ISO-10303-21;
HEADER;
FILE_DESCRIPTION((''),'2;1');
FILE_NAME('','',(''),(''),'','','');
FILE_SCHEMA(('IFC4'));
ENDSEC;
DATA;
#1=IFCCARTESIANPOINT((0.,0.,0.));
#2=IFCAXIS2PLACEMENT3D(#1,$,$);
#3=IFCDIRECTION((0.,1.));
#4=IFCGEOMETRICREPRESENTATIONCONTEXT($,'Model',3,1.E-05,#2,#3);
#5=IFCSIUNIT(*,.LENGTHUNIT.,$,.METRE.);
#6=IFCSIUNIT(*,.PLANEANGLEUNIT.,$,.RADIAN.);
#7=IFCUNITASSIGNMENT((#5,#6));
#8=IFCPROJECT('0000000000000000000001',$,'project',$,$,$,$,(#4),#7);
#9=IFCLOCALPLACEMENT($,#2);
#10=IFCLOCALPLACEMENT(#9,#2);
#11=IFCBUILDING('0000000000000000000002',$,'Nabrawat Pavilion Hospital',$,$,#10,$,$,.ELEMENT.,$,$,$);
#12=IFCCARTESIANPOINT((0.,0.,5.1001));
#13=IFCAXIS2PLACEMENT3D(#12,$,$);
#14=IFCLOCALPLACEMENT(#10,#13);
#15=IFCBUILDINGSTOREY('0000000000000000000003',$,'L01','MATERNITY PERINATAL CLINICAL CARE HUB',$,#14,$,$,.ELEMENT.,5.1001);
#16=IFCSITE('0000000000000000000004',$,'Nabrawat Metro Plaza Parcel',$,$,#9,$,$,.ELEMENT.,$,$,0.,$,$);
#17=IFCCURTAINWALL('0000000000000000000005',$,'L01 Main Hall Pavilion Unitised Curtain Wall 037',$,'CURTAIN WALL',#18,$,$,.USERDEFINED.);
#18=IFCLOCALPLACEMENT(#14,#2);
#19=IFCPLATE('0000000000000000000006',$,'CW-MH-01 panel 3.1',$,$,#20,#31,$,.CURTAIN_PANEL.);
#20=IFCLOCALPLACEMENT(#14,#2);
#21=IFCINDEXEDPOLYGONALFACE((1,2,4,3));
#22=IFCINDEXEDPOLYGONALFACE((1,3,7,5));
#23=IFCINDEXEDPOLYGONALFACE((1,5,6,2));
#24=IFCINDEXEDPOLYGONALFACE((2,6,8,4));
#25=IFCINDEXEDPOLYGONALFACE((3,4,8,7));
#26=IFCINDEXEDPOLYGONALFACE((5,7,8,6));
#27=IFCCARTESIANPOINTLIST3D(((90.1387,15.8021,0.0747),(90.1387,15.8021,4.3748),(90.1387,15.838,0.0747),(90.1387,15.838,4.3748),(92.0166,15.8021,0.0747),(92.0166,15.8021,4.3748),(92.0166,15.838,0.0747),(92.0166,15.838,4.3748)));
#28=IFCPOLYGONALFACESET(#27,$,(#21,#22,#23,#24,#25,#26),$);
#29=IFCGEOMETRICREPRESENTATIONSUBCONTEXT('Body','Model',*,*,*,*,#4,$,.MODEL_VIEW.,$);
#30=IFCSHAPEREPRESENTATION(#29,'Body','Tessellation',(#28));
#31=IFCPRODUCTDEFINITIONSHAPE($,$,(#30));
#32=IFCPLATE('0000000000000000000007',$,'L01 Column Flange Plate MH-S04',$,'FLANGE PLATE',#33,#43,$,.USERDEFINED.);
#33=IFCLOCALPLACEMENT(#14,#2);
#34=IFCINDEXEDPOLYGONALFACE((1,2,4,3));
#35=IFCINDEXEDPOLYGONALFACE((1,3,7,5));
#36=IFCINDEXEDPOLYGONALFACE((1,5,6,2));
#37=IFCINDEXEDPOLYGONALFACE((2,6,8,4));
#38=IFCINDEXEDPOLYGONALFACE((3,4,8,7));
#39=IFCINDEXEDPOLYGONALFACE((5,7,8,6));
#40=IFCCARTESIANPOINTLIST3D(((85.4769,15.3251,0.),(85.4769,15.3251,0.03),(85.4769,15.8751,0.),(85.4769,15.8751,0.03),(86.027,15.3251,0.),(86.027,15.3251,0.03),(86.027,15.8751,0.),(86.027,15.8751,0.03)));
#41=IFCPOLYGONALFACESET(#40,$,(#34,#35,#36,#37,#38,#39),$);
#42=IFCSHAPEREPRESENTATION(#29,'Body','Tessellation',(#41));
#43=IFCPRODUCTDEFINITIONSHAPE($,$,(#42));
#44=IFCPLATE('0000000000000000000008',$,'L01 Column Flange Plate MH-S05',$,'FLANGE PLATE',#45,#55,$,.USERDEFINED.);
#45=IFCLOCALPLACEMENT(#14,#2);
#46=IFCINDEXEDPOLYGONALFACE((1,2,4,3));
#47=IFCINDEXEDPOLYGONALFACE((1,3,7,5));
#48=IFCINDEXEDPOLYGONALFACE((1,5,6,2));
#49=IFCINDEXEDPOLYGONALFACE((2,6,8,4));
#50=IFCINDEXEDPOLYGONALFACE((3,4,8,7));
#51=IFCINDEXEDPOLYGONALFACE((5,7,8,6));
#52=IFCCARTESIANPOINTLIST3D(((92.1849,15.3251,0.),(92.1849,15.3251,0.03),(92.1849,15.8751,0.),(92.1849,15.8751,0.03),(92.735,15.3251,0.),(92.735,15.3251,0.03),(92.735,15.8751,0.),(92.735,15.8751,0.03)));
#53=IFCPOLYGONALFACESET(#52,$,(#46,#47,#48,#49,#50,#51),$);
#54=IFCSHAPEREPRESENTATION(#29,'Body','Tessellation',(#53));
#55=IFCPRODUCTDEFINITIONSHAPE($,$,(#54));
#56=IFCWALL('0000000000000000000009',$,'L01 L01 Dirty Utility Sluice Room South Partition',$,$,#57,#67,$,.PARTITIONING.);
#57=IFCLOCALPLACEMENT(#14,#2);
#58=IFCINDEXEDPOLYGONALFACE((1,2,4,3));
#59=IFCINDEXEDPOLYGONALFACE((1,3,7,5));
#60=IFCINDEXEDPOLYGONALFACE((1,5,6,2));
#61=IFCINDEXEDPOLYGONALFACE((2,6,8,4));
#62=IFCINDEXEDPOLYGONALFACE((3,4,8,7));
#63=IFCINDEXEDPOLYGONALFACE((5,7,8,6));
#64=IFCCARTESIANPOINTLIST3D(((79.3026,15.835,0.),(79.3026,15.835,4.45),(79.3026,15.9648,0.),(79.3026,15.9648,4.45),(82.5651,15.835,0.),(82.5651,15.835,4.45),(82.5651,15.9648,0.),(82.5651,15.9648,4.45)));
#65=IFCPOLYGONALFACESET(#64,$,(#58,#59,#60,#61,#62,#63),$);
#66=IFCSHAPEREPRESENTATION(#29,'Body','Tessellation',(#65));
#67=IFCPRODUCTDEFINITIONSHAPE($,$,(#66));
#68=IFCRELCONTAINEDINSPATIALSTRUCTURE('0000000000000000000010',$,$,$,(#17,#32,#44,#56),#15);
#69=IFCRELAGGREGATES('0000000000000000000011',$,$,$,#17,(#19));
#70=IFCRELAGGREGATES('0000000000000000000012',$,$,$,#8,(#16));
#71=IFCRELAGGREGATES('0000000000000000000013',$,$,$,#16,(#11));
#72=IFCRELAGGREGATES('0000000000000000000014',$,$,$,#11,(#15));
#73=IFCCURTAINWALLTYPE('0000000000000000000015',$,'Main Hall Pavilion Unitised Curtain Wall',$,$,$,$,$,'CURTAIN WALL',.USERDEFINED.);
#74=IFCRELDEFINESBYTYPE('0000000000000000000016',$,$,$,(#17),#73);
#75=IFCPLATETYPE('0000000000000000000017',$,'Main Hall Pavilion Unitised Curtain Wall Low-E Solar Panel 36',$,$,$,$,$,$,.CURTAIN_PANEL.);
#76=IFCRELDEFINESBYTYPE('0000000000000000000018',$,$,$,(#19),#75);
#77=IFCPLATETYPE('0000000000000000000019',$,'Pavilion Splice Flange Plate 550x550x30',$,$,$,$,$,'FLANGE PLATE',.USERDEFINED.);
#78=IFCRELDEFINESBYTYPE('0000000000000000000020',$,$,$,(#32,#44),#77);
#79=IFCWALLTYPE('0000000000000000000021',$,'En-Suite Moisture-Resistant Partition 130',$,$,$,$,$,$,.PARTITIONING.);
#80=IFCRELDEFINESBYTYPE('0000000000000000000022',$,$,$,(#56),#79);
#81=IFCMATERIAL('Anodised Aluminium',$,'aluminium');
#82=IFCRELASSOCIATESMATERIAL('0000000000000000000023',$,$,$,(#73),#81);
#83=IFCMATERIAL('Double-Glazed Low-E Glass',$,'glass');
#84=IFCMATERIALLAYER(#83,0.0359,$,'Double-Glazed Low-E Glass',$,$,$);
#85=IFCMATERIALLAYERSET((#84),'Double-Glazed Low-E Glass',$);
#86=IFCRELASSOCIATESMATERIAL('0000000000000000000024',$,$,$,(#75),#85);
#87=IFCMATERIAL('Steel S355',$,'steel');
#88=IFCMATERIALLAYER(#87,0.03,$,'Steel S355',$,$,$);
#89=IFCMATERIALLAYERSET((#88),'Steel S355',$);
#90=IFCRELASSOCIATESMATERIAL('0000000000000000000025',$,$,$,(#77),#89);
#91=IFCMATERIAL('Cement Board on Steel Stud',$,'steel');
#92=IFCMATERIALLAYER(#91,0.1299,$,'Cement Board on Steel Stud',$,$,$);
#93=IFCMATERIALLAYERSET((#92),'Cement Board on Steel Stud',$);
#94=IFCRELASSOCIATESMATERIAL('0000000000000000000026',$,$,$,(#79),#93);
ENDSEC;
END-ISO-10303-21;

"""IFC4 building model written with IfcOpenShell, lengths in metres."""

from ifc_helpers import new_model, si_unit, direction, frame, frame_2d, origin, origin_2d, place, context, subcontext, project, spatial, rectangle, extrude, material, layer, layer_set, type_object, element, aggregate, save


model = new_model("IFC4")

# Units and contexts
model_context = context("Model", 3, precision=1e-05, world=origin(), true_north=direction((0.0, 1.0)))
body_context = subcontext(model_context, "Body", "Model", "MODEL_VIEW")
ifc_project = project(units=[si_unit("LENGTHUNIT", "METRE"), si_unit("PLANEANGLEUNIT", "RADIAN")], contexts=[model_context])

# Site, building, storey
site_placement = place(None, origin())
site = spatial("IfcSite", under=ifc_project, at=site_placement, Name="Nabrawat Metro Plaza Parcel", CompositionType="ELEMENT", RefElevation=0.0)
building_placement = place(site_placement, origin())
building = spatial("IfcBuilding", under=site, at=building_placement, Name="Nabrawat Pavilion Hospital", CompositionType="ELEMENT")
storey_placement = place(building_placement, frame((0.0, 0.0, 5.1001)))
storey = spatial("IfcBuildingStorey", under=building, at=storey_placement, Name="L01", Description="MATERNITY PERINATAL CLINICAL CARE HUB", CompositionType="ELEMENT", Elevation=5.1001)

# Shared definitions
ifc_material_1 = material(Name="Steel S355", Category="steel")

# Curtain wall
ifc_material_2 = material(Name="Anodised Aluminium", Category="aluminium")
curtain_wall_type = type_object("IfcCurtainWallType", Name="Main Hall Pavilion Unitised Curtain Wall", ElementType="CURTAIN WALL", PredefinedType="USERDEFINED", material=ifc_material_2)
curtain_wall_1_placement = place(storey_placement, origin())
curtain_wall_1 = element("IfcCurtainWall", 1, at=curtain_wall_1_placement, inside=storey, type_object=curtain_wall_type, Name="L01 Main Hall Pavilion Unitised Curtain Wall 037", ObjectType="CURTAIN WALL", PredefinedType="USERDEFINED")

# Plate
ifc_material_3 = material(Name="Double-Glazed Low-E Glass", Category="glass")
ifc_layer_1 = layer(ifc_material_3, 0.0359, Name="Double-Glazed Low-E Glass")
ifc_layer_set_1 = layer_set([ifc_layer_1], Name="Double-Glazed Low-E Glass")
plate_type_1 = type_object("IfcPlateType", Name="Main Hall Pavilion Unitised Curtain Wall Low-E Solar Panel 36", PredefinedType="CURTAIN_PANEL", material=ifc_layer_set_1)
plate_1_placement = place(storey_placement, frame((91.0776, 15.8201, 0.0747), z_axis=(0.0, 0.0, 1.0), x_axis=(1.0, 0.0, 0.0)))
plate_1 = element("IfcPlate", 2, at=plate_1_placement, type_object=plate_type_1, Name="CW-MH-01 panel 3.1", PredefinedType="CURTAIN_PANEL", context=body_context, shape_type="SweptSolid", body=[
    extrude(rectangle(XDim=1.8779, YDim=0.0359, at=origin_2d()), origin(), (0.0, 0.0, 1.0), 4.3),
])
aggregate(curtain_wall_1, [plate_1])

# Plates
ifc_layer_2 = layer(ifc_material_1, 0.03, Name="Steel S355")
ifc_layer_set_2 = layer_set([ifc_layer_2], Name="Steel S355")
plate_type_2 = type_object("IfcPlateType", Name="Pavilion Splice Flange Plate 550x550x30", ElementType="FLANGE PLATE", PredefinedType="USERDEFINED", material=ifc_layer_set_2)
for number, where, z_axis, x_axis, name in (
    (3, (85.752, 15.6001, 0.0), (0.0, 0.0, 1.0), (1.0, 0.0, 0.0), "L01 Column Flange Plate MH-S04"),
    (4, (92.46, 15.6001, 0.0), (0.0, 0.0, 1.0), (1.0, 0.0, 0.0), "L01 Column Flange Plate MH-S05"),
):
    element("IfcPlate", number, at=place(storey_placement, frame(where, z_axis=z_axis, x_axis=x_axis)), inside=storey, type_object=plate_type_2, Name=name, ObjectType="FLANGE PLATE", PredefinedType="USERDEFINED", context=body_context, shape_type="SweptSolid", body=[
        extrude(rectangle(XDim=0.55, YDim=0.55, at=origin_2d()), origin(), (0.0, 0.0, 1.0), 0.03),
    ])

# Wall
ifc_material_4 = material(Name="Cement Board on Steel Stud", Category="steel")
ifc_layer_3 = layer(ifc_material_4, 0.1299, Name="Cement Board on Steel Stud")
ifc_layer_set_3 = layer_set([ifc_layer_3], Name="Cement Board on Steel Stud")
wall_type = type_object("IfcWallType", Name="En-Suite Moisture-Resistant Partition 130", PredefinedType="PARTITIONING", material=ifc_layer_set_3)
wall_placement = place(storey_placement, frame((79.3025, 15.8999, 0.0), z_axis=(0.0, 0.0, 1.0), x_axis=(1.0, 0.0, 0.0)))
element("IfcWall", 5, at=wall_placement, inside=storey, type_object=wall_type, Name="L01 L01 Dirty Utility Sluice Room South Partition", PredefinedType="PARTITIONING", context=body_context, shape_type="SweptSolid", body=[
    extrude(rectangle(XDim=3.2625, YDim=0.1299, at=frame_2d((1.6313, 0.0))), origin(), (0.0, 0.0, 1.0), 4.45),
])

save(model, "model.ifc")
